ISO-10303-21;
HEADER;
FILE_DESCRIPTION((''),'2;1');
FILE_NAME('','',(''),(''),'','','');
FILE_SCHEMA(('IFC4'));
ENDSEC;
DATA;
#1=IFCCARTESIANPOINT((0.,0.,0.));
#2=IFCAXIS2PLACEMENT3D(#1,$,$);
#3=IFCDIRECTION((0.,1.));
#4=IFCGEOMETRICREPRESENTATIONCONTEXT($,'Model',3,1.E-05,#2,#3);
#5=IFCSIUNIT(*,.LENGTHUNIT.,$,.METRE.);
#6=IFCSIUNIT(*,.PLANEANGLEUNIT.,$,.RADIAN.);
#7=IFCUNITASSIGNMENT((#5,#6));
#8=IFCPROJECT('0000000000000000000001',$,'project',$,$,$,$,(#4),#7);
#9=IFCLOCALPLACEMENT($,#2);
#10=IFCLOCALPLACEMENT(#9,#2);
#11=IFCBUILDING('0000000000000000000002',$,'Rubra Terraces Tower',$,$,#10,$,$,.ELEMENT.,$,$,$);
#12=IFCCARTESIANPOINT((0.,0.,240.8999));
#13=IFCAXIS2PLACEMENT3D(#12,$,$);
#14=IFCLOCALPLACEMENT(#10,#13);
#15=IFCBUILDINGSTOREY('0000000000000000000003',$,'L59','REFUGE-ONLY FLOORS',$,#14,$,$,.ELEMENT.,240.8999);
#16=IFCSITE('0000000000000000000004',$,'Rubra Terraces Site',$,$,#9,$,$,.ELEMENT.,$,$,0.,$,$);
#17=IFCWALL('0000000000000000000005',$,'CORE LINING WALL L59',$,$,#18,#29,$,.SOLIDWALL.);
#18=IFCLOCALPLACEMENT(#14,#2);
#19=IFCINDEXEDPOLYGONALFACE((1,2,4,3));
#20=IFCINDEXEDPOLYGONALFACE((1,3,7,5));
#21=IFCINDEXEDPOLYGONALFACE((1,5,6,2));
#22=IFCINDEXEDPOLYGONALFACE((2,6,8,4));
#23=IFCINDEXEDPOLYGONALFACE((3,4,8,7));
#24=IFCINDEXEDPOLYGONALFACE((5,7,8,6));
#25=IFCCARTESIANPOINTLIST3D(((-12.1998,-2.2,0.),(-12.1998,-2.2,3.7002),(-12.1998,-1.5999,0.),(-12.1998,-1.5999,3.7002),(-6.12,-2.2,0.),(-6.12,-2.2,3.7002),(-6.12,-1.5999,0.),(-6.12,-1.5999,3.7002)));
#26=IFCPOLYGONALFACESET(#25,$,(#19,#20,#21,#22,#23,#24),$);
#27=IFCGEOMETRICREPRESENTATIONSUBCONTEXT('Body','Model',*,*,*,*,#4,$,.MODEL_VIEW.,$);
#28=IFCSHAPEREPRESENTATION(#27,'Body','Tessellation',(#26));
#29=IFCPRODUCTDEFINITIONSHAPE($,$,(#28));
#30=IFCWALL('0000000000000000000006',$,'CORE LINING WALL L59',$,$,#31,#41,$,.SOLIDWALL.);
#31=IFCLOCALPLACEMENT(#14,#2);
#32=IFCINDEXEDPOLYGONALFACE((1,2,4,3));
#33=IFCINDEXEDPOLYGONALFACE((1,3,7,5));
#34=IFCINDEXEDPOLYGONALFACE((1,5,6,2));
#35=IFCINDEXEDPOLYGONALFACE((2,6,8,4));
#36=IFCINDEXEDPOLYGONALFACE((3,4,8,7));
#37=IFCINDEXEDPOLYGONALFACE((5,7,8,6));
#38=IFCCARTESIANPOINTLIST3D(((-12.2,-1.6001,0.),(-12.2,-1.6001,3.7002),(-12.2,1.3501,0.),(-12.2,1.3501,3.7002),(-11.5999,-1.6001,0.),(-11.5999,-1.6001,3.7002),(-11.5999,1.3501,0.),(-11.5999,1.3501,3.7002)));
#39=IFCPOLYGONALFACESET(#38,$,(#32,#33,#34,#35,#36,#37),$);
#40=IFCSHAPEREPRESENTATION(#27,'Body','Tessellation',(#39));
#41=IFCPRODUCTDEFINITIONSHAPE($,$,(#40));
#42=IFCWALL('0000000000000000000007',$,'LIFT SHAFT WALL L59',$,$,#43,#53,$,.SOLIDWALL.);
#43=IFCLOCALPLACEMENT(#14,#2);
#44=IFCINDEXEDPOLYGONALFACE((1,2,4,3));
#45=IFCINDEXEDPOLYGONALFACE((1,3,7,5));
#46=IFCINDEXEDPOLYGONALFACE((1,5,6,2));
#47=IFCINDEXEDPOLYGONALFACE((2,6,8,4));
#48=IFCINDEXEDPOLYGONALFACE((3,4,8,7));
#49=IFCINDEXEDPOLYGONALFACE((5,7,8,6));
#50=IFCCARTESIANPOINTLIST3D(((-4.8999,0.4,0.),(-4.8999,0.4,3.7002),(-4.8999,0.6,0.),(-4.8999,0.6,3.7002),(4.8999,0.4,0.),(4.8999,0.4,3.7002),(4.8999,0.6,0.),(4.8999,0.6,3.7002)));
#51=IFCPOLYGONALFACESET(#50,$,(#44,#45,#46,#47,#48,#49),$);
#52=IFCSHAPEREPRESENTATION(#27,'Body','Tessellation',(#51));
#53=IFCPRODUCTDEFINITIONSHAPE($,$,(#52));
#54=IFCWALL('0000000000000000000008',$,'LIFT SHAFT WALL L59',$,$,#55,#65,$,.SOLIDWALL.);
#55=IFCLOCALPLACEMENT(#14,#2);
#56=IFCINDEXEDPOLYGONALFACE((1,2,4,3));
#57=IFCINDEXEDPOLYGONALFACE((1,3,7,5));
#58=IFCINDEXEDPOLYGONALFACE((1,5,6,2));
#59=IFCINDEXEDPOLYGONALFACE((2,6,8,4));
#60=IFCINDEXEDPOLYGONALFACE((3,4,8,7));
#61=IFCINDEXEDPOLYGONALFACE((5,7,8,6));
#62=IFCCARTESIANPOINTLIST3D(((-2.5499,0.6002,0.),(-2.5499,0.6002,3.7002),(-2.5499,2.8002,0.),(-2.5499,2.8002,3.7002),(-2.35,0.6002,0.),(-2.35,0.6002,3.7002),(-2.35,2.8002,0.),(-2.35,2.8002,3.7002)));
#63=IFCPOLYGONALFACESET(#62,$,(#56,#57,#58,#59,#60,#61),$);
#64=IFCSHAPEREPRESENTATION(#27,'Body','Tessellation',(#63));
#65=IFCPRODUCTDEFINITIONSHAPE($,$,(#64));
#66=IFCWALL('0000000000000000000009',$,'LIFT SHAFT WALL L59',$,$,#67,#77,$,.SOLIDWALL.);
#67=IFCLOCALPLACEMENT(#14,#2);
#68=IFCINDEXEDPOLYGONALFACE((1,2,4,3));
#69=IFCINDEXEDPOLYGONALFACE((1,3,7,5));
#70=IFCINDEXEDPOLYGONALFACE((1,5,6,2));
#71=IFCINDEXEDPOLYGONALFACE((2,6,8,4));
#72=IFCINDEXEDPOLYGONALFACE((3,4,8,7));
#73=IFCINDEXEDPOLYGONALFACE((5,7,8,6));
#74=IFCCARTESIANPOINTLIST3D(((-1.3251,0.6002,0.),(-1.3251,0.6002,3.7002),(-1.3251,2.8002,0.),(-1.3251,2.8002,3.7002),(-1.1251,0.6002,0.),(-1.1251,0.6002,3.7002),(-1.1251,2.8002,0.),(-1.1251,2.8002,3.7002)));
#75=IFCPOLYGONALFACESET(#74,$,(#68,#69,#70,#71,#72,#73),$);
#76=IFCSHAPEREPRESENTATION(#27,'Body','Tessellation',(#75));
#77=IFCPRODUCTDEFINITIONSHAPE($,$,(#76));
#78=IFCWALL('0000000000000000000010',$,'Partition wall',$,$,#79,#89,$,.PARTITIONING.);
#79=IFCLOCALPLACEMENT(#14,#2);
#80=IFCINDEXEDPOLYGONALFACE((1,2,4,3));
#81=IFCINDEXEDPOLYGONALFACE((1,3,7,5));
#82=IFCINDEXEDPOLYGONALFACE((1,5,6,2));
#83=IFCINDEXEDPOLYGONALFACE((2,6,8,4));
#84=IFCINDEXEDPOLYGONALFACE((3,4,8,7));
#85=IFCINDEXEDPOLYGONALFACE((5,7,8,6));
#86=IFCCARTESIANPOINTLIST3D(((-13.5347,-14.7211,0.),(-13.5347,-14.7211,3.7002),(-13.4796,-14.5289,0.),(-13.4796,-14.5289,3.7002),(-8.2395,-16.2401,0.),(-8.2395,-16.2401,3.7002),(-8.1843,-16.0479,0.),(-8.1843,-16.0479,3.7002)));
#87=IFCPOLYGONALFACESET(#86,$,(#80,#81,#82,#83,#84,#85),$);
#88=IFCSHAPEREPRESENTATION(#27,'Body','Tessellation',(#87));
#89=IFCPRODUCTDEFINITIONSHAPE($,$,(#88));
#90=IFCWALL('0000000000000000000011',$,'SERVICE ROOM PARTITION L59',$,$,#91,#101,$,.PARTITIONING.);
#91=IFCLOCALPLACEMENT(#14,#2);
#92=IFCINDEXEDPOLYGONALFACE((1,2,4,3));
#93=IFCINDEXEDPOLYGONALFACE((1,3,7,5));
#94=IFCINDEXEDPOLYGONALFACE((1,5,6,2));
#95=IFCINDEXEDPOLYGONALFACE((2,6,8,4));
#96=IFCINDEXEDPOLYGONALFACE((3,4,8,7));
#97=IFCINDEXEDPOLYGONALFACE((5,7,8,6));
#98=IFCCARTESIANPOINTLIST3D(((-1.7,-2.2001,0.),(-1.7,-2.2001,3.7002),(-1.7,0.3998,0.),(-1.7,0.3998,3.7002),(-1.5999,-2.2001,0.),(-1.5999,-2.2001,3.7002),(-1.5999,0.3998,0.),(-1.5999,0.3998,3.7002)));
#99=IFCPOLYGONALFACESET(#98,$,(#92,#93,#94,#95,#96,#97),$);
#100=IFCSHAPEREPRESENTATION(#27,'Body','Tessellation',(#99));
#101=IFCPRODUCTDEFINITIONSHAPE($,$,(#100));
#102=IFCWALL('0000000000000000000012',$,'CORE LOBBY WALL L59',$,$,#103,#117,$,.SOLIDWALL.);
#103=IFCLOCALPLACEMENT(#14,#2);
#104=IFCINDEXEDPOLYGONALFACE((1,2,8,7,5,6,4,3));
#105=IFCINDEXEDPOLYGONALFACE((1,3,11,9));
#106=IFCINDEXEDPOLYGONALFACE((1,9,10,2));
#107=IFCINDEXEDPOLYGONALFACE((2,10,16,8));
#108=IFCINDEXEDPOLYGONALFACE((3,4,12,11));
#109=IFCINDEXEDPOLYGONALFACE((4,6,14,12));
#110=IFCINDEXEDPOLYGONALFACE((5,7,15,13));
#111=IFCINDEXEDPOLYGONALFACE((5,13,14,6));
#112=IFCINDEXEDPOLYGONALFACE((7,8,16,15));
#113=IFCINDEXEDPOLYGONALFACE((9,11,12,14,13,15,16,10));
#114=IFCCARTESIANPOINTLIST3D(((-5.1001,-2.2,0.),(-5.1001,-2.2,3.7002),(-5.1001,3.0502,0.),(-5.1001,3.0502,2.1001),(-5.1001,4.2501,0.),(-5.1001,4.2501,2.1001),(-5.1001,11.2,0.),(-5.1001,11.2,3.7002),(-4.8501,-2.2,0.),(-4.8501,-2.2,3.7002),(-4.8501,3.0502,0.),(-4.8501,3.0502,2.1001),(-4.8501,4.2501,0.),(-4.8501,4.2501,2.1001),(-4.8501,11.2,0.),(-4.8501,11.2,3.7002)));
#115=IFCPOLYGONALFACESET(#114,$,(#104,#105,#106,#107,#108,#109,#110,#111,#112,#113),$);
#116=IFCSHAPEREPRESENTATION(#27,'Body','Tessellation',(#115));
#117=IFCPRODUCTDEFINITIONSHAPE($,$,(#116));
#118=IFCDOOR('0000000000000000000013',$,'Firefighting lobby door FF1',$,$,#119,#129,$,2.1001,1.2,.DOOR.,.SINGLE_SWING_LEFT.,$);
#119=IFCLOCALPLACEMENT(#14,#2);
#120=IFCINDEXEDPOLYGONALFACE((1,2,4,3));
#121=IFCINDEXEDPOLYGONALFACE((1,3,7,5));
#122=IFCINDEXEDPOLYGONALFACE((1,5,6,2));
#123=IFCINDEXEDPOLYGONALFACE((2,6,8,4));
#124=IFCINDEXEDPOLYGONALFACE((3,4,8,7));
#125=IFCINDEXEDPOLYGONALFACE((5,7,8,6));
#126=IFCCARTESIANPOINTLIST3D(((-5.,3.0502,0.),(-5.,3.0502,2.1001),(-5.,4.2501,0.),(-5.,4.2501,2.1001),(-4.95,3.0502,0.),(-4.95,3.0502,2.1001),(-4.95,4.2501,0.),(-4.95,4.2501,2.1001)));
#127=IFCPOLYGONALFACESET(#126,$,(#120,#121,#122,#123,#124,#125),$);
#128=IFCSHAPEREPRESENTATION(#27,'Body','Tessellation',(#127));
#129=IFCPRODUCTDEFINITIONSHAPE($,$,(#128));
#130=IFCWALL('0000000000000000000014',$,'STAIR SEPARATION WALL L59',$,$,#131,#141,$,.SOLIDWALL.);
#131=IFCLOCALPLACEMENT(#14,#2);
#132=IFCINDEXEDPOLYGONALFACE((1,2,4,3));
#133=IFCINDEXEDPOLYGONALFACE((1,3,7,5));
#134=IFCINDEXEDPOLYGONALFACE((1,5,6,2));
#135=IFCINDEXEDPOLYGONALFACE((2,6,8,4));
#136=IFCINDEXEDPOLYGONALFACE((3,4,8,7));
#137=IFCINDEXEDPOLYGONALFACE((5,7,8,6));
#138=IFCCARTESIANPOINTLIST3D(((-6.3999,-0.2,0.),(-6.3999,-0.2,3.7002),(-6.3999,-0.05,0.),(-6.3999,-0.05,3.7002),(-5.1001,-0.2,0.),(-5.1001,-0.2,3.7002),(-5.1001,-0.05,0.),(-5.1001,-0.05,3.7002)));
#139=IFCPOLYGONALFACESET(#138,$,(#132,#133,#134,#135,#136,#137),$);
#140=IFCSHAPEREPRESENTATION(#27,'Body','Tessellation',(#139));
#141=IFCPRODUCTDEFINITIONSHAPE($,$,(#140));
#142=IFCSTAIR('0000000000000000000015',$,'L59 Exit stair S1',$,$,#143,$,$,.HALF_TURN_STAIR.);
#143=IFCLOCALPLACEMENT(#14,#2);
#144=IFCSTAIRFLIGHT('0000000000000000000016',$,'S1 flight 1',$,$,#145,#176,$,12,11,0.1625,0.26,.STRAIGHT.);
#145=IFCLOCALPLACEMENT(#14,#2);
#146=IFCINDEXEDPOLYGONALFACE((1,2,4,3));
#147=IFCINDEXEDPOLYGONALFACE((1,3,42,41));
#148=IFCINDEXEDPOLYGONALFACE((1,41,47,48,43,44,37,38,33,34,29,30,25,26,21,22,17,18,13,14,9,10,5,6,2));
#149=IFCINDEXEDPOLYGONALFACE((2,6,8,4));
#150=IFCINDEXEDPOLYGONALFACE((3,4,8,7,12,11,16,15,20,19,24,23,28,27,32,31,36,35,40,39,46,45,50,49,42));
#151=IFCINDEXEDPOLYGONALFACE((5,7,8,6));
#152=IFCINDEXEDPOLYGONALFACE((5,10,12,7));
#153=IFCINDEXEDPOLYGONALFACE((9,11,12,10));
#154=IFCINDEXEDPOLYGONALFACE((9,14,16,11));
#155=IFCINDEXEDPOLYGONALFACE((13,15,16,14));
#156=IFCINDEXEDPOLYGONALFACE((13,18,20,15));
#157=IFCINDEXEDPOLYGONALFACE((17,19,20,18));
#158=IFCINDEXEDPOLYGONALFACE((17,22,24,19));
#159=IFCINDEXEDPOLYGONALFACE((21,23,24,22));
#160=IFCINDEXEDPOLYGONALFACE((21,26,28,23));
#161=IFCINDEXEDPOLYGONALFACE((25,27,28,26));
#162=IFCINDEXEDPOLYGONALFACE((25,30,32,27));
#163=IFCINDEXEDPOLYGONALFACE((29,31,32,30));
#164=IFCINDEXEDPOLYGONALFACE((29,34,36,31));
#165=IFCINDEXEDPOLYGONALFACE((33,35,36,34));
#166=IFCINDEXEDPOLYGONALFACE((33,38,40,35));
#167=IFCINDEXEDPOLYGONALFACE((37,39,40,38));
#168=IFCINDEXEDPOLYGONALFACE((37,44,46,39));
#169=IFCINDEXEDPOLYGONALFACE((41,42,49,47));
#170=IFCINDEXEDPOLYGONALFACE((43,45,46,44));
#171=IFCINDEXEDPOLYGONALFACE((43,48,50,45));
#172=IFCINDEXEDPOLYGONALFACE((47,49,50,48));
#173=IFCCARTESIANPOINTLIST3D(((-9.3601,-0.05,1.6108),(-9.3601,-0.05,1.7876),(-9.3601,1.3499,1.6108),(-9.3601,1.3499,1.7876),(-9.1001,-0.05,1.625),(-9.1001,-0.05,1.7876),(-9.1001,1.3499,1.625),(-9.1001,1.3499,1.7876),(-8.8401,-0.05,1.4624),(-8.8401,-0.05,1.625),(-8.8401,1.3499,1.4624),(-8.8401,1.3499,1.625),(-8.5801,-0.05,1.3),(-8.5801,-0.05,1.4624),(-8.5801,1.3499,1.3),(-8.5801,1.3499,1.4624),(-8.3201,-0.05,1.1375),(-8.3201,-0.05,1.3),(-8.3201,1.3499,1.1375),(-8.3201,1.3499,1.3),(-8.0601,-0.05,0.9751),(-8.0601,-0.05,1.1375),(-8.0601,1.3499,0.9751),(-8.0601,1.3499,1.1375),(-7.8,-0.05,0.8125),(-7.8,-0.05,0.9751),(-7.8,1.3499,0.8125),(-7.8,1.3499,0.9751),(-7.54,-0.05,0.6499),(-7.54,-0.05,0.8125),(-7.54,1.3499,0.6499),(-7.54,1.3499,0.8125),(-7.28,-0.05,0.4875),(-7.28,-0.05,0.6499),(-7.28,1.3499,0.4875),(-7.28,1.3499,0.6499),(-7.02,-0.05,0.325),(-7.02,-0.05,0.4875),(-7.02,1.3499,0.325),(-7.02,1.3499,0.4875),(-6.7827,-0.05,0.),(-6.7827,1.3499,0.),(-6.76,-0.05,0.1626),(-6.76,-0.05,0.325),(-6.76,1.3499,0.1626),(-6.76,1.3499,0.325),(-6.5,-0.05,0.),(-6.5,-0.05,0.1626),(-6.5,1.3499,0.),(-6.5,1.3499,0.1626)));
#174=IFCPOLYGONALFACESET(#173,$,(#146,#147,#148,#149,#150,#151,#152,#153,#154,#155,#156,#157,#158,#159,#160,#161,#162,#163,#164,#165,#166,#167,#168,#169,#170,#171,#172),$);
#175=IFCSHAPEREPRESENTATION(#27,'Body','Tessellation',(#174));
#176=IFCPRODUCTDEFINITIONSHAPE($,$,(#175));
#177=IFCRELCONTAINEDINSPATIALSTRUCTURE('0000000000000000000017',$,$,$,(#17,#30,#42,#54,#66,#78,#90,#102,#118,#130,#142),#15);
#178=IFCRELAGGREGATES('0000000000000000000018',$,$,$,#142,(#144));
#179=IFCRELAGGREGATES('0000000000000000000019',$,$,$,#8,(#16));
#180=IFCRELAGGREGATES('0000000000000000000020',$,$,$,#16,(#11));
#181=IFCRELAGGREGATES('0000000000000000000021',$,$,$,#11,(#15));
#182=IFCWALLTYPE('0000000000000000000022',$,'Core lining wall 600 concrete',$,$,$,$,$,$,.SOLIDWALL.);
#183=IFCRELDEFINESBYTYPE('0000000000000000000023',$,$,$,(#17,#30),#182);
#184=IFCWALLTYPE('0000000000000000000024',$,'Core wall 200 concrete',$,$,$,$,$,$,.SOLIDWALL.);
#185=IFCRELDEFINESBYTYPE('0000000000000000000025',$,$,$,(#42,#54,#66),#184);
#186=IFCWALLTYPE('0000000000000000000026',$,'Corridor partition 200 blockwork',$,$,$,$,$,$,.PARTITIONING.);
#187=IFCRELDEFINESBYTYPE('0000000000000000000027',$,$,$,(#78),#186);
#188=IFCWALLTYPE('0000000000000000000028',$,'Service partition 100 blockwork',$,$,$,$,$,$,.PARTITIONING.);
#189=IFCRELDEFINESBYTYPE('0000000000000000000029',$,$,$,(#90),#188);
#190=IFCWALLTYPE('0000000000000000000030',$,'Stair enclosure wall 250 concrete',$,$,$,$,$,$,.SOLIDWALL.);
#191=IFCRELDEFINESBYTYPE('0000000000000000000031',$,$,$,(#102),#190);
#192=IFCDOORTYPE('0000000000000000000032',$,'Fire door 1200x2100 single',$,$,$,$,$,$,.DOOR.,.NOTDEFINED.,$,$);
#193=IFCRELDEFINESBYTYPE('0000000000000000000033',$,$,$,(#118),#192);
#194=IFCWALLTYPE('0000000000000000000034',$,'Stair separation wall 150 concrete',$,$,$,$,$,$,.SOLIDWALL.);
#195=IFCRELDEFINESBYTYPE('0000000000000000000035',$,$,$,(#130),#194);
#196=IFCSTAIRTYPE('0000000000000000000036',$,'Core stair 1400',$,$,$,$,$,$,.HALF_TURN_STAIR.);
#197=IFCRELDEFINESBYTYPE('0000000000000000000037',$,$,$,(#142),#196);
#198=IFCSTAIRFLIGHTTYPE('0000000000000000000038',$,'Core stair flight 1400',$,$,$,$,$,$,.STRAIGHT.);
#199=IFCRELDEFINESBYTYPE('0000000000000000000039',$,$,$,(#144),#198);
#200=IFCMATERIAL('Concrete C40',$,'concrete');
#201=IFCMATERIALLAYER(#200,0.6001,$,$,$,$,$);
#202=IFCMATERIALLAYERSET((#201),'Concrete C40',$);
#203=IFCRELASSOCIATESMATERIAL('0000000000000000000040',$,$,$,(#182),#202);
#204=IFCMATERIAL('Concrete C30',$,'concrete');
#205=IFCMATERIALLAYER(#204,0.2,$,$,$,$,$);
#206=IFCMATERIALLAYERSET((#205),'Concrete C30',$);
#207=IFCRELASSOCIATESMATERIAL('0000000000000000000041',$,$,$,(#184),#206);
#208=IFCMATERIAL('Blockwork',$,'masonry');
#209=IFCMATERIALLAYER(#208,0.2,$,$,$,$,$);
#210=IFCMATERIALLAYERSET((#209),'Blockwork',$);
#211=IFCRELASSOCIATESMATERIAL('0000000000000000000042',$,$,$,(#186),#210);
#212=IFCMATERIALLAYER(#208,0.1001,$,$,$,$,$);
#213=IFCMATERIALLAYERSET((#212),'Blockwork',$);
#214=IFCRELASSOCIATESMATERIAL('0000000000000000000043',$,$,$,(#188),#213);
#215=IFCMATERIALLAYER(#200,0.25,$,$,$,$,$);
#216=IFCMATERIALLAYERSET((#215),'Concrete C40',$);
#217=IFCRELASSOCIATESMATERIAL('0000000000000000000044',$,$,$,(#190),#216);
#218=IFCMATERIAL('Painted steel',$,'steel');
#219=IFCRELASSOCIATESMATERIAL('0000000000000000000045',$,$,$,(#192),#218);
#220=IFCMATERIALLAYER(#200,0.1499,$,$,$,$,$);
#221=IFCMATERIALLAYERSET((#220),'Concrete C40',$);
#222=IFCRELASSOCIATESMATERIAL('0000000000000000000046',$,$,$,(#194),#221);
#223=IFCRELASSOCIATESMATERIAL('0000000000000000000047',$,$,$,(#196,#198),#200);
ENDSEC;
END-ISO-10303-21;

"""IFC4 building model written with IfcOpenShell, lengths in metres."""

from ifc_helpers import new_model, si_unit, direction, frame, frame_2d, origin, place, context, subcontext, project, spatial, polyline, rectangle, outline, extrude, material, layer, layer_set, type_object, element, fill, aggregate, save


model = new_model("IFC4")

# Units and contexts
model_context = context("Model", 3, precision=1e-05, world=origin(), true_north=direction((0.0, 1.0)))
body_context = subcontext(model_context, "Body", "Model", "MODEL_VIEW")
ifc_project = project(units=[si_unit("LENGTHUNIT", "METRE"), si_unit("PLANEANGLEUNIT", "RADIAN")], contexts=[model_context])

# Site, building, storey
site_placement = place(None, origin())
site = spatial("IfcSite", under=ifc_project, at=site_placement, Name="Rubra Terraces Site", CompositionType="ELEMENT", RefElevation=0.0)
building_placement = place(site_placement, origin())
building = spatial("IfcBuilding", under=site, at=building_placement, Name="Rubra Terraces Tower", CompositionType="ELEMENT")
storey_placement = place(building_placement, frame((0.0, 0.0, 240.8999)))
storey = spatial("IfcBuildingStorey", under=building, at=storey_placement, Name="L59", Description="REFUGE-ONLY FLOORS", CompositionType="ELEMENT", Elevation=240.8999)

# Shared definitions
ifc_material_1 = material(Name="Concrete C40", Category="concrete")

# Shared definitions
ifc_material_2 = material(Name="Painted steel", Category="steel")

# Walls
ifc_layer_1 = layer(ifc_material_1, 0.6001)
ifc_layer_set_1 = layer_set([ifc_layer_1], Name="Concrete C40")
wall_type_1 = type_object("IfcWallType", Name="Core lining wall 600 concrete", PredefinedType="SOLIDWALL", material=ifc_layer_set_1)
wall_1_placement = place(storey_placement, frame((-12.2, -1.8999, 0.0), z_axis=(0.0, 0.0, 1.0), x_axis=(1.0, 0.0, 0.0)))
element("IfcWall", 1, at=wall_1_placement, inside=storey, type_object=wall_type_1, Name="CORE LINING WALL L59", PredefinedType="SOLIDWALL", context=body_context, shape_type="SweptSolid", body=[
    extrude(rectangle(XDim=6.0798, YDim=0.6001, at=frame_2d((3.04, 0.0))), origin(), (0.0, 0.0, 1.0), 3.7002),
])
wall_2_placement = place(storey_placement, frame((-11.8999, -1.6001, 0.0), z_axis=(0.0, 0.0, 1.0), x_axis=(0.0, 1.0, 0.0)))
element("IfcWall", 2, at=wall_2_placement, inside=storey, type_object=wall_type_1, Name="CORE LINING WALL L59", PredefinedType="SOLIDWALL", context=body_context, shape_type="SweptSolid", body=[
    extrude(rectangle(XDim=2.9502, YDim=0.6001, at=frame_2d((1.4751, 0.0))), origin(), (0.0, 0.0, 1.0), 3.7002),
])
ifc_material_3 = material(Name="Concrete C30", Category="concrete")
ifc_layer_2 = layer(ifc_material_3, 0.2)
ifc_layer_set_2 = layer_set([ifc_layer_2], Name="Concrete C30")
wall_type_2 = type_object("IfcWallType", Name="Core wall 200 concrete", PredefinedType="SOLIDWALL", material=ifc_layer_set_2)
wall_3_placement = place(storey_placement, frame((-4.8999, 0.5, 0.0), z_axis=(0.0, 0.0, 1.0), x_axis=(1.0, 0.0, 0.0)))
element("IfcWall", 3, at=wall_3_placement, inside=storey, type_object=wall_type_2, Name="LIFT SHAFT WALL L59", PredefinedType="SOLIDWALL", context=body_context, shape_type="SweptSolid", body=[
    extrude(rectangle(XDim=9.7998, YDim=0.2, at=frame_2d((4.8999, 0.0))), origin(), (0.0, 0.0, 1.0), 3.7002),
])
for number, where, z_axis, x_axis, name in (
    (4, (-2.45, 0.6001, 0.0), (0.0, 0.0, 1.0), (0.0, 1.0, 0.0), "LIFT SHAFT WALL L59"),
    (5, (-1.2251, 0.6001, 0.0), (0.0, 0.0, 1.0), (0.0, 1.0, 0.0), "LIFT SHAFT WALL L59"),
):
    element("IfcWall", number, at=place(storey_placement, frame(where, z_axis=z_axis, x_axis=x_axis)), inside=storey, type_object=wall_type_2, Name=name, PredefinedType="SOLIDWALL", context=body_context, shape_type="SweptSolid", body=[
        extrude(rectangle(XDim=2.2, YDim=0.2, at=frame_2d((1.1001, 0.0))), origin(), (0.0, 0.0, 1.0), 3.7002),
    ])
ifc_material_4 = material(Name="Blockwork", Category="masonry")
ifc_layer_3 = layer(ifc_material_4, 0.2)
ifc_layer_set_3 = layer_set([ifc_layer_3], Name="Blockwork")
wall_type_3 = type_object("IfcWallType", Name="Corridor partition 200 blockwork", PredefinedType="PARTITIONING", material=ifc_layer_set_3)
wall_4_placement = place(storey_placement, frame((-8.2119, -16.144, 0.0), z_axis=(0.0, 0.0, 1.0), x_axis=(-0.961229, 0.275751, 0.0)))
element("IfcWall", 6, at=wall_4_placement, inside=storey, type_object=wall_type_3, Name="Partition wall", PredefinedType="PARTITIONING", context=body_context, shape_type="SweptSolid", body=[
    extrude(rectangle(XDim=5.5088, YDim=0.2, at=frame_2d((2.7544, 0.0))), origin(), (0.0, 0.0, 1.0), 3.7002),
])
ifc_layer_4 = layer(ifc_material_4, 0.1001)
ifc_layer_set_4 = layer_set([ifc_layer_4], Name="Blockwork")
wall_type_4 = type_object("IfcWallType", Name="Service partition 100 blockwork", PredefinedType="PARTITIONING", material=ifc_layer_set_4)
wall_5_placement = place(storey_placement, frame((-1.6499, -2.2, 0.0), z_axis=(0.0, 0.0, 1.0), x_axis=(0.0, 1.0, 0.0)))
element("IfcWall", 7, at=wall_5_placement, inside=storey, type_object=wall_type_4, Name="SERVICE ROOM PARTITION L59", PredefinedType="PARTITIONING", context=body_context, shape_type="SweptSolid", body=[
    extrude(rectangle(XDim=2.5999, YDim=0.1001, at=frame_2d((1.2998, 0.0))), origin(), (0.0, 0.0, 1.0), 3.7002),
])

# Wall, opening, door
ifc_layer_5 = layer(ifc_material_1, 0.25)
ifc_layer_set_5 = layer_set([ifc_layer_5], Name="Concrete C40")
wall_type_5 = type_object("IfcWallType", Name="Stair enclosure wall 250 concrete", PredefinedType="SOLIDWALL", material=ifc_layer_set_5)
wall_6_placement = place(storey_placement, frame((-4.9751, -2.2, 0.0), z_axis=(0.0, 0.0, 1.0), x_axis=(0.0, 1.0, 0.0)))
wall_6 = element("IfcWall", 8, at=wall_6_placement, inside=storey, type_object=wall_type_5, Name="CORE LOBBY WALL L59", PredefinedType="SOLIDWALL", context=body_context, shape_type="SweptSolid", body=[
    extrude(rectangle(XDim=13.3999, YDim=0.25, at=frame_2d((6.7, 0.0))), origin(), (0.0, 0.0, 1.0), 3.7002),
])
opening_1_placement = place(wall_6_placement, frame((5.25, 0.0, 0.0)))
opening_1 = element("IfcOpeningElement", 9, at=opening_1_placement, cuts=wall_6, PredefinedType="OPENING", context=body_context, shape_type="SweptSolid", body=[
    extrude(rectangle(XDim=1.2, YDim=2.1001, at=frame_2d((0.6001, 1.05))), frame((0.0, 0.135, 0.0), z_axis=(0.0, -1.0, 0.0), x_axis=(1.0, 0.0, 0.0)), (0.0, 0.0, 1.0), 0.27),
])
door_type_1 = type_object("IfcDoorType", Name="Fire door 1200x2100 single", OperationType="NOTDEFINED", PredefinedType="DOOR", material=ifc_material_2)
door_1_placement = place(opening_1_placement, origin())
door_1 = element("IfcDoor", 10, at=door_1_placement, inside=storey, type_object=door_type_1, Name="Firefighting lobby door FF1", OperationType="SINGLE_SWING_LEFT", OverallHeight=2.1001, OverallWidth=1.2, PredefinedType="DOOR", context=body_context, shape_type="SweptSolid", body=[
    extrude(rectangle(XDim=1.2, YDim=2.1001, at=frame_2d((0.6001, 1.05))), frame((0.0, 0.0249, 0.0), z_axis=(0.0, -1.0, 0.0), x_axis=(1.0, 0.0, 0.0)), (0.0, 0.0, 1.0), 0.05),
])
fill(opening_1, door_1)

# Wall
ifc_layer_6 = layer(ifc_material_1, 0.1499)
ifc_layer_set_6 = layer_set([ifc_layer_6], Name="Concrete C40")
wall_type_6 = type_object("IfcWallType", Name="Stair separation wall 150 concrete", PredefinedType="SOLIDWALL", material=ifc_layer_set_6)
wall_7_placement = place(storey_placement, frame((-6.3999, -0.125, 0.0), z_axis=(0.0, 0.0, 1.0), x_axis=(1.0, 0.0, 0.0)))
element("IfcWall", 11, at=wall_7_placement, inside=storey, type_object=wall_type_6, Name="STAIR SEPARATION WALL L59", PredefinedType="SOLIDWALL", context=body_context, shape_type="SweptSolid", body=[
    extrude(rectangle(XDim=1.2998, YDim=0.1499, at=frame_2d((0.6499, 0.0))), origin(), (0.0, 0.0, 1.0), 3.7002),
])

# Stair, stair flight
stair_type = type_object("IfcStairType", Name="Core stair 1400", PredefinedType="HALF_TURN_STAIR", material=ifc_material_1)
stair_placement = place(storey_placement, origin())
stair = element("IfcStair", 12, at=stair_placement, inside=storey, type_object=stair_type, Name="L59 Exit stair S1", PredefinedType="HALF_TURN_STAIR")
stair_flight_type = type_object("IfcStairFlightType", Name="Core stair flight 1400", PredefinedType="STRAIGHT", material=ifc_material_1)
stair_flight_1_placement = place(storey_placement, frame((-6.5, 0.6499, 0.0), z_axis=(0.0, 0.0, 1.0), x_axis=(-1.0, 0.0, 0.0)))
stair_flight_1 = element("IfcStairFlight", 13, at=stair_flight_1_placement, type_object=stair_flight_type, Name="S1 flight 1", NumberOfRisers=12, NumberOfTreads=11, PredefinedType="STRAIGHT", RiserHeight=0.1625, TreadLength=0.26, context=body_context, shape_type="SweptSolid", body=[
    extrude(outline(polyline([(0.0, 0.0), (0.0, 0.1626), (0.26, 0.1626), (0.26, 0.325), (0.52, 0.325), (0.52, 0.4875), (0.78, 0.4875), (0.78, 0.6499), (1.04, 0.6499), (1.04, 0.8125), (1.3, 0.8125), (1.3, 0.9751), (1.5601, 0.9751), (1.5601, 1.1375), (1.8201, 1.1375), (1.8201, 1.3), (2.0801, 1.3), (2.0801, 1.4624), (2.3401, 1.4624), (2.3401, 1.625), (2.6001, 1.625), (2.6001, 1.7876), (2.8601, 1.7876), (2.8601, 1.95), (2.8601, 1.6108), (0.2827, 0.0), (0.0, 0.0)])), frame((0.0, 0.7, 0.0), z_axis=(0.0, -1.0, 0.0), x_axis=(1.0, 0.0, 0.0)), (0.0, 0.0, 1.0), 1.3999),
])
aggregate(stair, [stair_flight_1])

save(model, "model.ifc")
